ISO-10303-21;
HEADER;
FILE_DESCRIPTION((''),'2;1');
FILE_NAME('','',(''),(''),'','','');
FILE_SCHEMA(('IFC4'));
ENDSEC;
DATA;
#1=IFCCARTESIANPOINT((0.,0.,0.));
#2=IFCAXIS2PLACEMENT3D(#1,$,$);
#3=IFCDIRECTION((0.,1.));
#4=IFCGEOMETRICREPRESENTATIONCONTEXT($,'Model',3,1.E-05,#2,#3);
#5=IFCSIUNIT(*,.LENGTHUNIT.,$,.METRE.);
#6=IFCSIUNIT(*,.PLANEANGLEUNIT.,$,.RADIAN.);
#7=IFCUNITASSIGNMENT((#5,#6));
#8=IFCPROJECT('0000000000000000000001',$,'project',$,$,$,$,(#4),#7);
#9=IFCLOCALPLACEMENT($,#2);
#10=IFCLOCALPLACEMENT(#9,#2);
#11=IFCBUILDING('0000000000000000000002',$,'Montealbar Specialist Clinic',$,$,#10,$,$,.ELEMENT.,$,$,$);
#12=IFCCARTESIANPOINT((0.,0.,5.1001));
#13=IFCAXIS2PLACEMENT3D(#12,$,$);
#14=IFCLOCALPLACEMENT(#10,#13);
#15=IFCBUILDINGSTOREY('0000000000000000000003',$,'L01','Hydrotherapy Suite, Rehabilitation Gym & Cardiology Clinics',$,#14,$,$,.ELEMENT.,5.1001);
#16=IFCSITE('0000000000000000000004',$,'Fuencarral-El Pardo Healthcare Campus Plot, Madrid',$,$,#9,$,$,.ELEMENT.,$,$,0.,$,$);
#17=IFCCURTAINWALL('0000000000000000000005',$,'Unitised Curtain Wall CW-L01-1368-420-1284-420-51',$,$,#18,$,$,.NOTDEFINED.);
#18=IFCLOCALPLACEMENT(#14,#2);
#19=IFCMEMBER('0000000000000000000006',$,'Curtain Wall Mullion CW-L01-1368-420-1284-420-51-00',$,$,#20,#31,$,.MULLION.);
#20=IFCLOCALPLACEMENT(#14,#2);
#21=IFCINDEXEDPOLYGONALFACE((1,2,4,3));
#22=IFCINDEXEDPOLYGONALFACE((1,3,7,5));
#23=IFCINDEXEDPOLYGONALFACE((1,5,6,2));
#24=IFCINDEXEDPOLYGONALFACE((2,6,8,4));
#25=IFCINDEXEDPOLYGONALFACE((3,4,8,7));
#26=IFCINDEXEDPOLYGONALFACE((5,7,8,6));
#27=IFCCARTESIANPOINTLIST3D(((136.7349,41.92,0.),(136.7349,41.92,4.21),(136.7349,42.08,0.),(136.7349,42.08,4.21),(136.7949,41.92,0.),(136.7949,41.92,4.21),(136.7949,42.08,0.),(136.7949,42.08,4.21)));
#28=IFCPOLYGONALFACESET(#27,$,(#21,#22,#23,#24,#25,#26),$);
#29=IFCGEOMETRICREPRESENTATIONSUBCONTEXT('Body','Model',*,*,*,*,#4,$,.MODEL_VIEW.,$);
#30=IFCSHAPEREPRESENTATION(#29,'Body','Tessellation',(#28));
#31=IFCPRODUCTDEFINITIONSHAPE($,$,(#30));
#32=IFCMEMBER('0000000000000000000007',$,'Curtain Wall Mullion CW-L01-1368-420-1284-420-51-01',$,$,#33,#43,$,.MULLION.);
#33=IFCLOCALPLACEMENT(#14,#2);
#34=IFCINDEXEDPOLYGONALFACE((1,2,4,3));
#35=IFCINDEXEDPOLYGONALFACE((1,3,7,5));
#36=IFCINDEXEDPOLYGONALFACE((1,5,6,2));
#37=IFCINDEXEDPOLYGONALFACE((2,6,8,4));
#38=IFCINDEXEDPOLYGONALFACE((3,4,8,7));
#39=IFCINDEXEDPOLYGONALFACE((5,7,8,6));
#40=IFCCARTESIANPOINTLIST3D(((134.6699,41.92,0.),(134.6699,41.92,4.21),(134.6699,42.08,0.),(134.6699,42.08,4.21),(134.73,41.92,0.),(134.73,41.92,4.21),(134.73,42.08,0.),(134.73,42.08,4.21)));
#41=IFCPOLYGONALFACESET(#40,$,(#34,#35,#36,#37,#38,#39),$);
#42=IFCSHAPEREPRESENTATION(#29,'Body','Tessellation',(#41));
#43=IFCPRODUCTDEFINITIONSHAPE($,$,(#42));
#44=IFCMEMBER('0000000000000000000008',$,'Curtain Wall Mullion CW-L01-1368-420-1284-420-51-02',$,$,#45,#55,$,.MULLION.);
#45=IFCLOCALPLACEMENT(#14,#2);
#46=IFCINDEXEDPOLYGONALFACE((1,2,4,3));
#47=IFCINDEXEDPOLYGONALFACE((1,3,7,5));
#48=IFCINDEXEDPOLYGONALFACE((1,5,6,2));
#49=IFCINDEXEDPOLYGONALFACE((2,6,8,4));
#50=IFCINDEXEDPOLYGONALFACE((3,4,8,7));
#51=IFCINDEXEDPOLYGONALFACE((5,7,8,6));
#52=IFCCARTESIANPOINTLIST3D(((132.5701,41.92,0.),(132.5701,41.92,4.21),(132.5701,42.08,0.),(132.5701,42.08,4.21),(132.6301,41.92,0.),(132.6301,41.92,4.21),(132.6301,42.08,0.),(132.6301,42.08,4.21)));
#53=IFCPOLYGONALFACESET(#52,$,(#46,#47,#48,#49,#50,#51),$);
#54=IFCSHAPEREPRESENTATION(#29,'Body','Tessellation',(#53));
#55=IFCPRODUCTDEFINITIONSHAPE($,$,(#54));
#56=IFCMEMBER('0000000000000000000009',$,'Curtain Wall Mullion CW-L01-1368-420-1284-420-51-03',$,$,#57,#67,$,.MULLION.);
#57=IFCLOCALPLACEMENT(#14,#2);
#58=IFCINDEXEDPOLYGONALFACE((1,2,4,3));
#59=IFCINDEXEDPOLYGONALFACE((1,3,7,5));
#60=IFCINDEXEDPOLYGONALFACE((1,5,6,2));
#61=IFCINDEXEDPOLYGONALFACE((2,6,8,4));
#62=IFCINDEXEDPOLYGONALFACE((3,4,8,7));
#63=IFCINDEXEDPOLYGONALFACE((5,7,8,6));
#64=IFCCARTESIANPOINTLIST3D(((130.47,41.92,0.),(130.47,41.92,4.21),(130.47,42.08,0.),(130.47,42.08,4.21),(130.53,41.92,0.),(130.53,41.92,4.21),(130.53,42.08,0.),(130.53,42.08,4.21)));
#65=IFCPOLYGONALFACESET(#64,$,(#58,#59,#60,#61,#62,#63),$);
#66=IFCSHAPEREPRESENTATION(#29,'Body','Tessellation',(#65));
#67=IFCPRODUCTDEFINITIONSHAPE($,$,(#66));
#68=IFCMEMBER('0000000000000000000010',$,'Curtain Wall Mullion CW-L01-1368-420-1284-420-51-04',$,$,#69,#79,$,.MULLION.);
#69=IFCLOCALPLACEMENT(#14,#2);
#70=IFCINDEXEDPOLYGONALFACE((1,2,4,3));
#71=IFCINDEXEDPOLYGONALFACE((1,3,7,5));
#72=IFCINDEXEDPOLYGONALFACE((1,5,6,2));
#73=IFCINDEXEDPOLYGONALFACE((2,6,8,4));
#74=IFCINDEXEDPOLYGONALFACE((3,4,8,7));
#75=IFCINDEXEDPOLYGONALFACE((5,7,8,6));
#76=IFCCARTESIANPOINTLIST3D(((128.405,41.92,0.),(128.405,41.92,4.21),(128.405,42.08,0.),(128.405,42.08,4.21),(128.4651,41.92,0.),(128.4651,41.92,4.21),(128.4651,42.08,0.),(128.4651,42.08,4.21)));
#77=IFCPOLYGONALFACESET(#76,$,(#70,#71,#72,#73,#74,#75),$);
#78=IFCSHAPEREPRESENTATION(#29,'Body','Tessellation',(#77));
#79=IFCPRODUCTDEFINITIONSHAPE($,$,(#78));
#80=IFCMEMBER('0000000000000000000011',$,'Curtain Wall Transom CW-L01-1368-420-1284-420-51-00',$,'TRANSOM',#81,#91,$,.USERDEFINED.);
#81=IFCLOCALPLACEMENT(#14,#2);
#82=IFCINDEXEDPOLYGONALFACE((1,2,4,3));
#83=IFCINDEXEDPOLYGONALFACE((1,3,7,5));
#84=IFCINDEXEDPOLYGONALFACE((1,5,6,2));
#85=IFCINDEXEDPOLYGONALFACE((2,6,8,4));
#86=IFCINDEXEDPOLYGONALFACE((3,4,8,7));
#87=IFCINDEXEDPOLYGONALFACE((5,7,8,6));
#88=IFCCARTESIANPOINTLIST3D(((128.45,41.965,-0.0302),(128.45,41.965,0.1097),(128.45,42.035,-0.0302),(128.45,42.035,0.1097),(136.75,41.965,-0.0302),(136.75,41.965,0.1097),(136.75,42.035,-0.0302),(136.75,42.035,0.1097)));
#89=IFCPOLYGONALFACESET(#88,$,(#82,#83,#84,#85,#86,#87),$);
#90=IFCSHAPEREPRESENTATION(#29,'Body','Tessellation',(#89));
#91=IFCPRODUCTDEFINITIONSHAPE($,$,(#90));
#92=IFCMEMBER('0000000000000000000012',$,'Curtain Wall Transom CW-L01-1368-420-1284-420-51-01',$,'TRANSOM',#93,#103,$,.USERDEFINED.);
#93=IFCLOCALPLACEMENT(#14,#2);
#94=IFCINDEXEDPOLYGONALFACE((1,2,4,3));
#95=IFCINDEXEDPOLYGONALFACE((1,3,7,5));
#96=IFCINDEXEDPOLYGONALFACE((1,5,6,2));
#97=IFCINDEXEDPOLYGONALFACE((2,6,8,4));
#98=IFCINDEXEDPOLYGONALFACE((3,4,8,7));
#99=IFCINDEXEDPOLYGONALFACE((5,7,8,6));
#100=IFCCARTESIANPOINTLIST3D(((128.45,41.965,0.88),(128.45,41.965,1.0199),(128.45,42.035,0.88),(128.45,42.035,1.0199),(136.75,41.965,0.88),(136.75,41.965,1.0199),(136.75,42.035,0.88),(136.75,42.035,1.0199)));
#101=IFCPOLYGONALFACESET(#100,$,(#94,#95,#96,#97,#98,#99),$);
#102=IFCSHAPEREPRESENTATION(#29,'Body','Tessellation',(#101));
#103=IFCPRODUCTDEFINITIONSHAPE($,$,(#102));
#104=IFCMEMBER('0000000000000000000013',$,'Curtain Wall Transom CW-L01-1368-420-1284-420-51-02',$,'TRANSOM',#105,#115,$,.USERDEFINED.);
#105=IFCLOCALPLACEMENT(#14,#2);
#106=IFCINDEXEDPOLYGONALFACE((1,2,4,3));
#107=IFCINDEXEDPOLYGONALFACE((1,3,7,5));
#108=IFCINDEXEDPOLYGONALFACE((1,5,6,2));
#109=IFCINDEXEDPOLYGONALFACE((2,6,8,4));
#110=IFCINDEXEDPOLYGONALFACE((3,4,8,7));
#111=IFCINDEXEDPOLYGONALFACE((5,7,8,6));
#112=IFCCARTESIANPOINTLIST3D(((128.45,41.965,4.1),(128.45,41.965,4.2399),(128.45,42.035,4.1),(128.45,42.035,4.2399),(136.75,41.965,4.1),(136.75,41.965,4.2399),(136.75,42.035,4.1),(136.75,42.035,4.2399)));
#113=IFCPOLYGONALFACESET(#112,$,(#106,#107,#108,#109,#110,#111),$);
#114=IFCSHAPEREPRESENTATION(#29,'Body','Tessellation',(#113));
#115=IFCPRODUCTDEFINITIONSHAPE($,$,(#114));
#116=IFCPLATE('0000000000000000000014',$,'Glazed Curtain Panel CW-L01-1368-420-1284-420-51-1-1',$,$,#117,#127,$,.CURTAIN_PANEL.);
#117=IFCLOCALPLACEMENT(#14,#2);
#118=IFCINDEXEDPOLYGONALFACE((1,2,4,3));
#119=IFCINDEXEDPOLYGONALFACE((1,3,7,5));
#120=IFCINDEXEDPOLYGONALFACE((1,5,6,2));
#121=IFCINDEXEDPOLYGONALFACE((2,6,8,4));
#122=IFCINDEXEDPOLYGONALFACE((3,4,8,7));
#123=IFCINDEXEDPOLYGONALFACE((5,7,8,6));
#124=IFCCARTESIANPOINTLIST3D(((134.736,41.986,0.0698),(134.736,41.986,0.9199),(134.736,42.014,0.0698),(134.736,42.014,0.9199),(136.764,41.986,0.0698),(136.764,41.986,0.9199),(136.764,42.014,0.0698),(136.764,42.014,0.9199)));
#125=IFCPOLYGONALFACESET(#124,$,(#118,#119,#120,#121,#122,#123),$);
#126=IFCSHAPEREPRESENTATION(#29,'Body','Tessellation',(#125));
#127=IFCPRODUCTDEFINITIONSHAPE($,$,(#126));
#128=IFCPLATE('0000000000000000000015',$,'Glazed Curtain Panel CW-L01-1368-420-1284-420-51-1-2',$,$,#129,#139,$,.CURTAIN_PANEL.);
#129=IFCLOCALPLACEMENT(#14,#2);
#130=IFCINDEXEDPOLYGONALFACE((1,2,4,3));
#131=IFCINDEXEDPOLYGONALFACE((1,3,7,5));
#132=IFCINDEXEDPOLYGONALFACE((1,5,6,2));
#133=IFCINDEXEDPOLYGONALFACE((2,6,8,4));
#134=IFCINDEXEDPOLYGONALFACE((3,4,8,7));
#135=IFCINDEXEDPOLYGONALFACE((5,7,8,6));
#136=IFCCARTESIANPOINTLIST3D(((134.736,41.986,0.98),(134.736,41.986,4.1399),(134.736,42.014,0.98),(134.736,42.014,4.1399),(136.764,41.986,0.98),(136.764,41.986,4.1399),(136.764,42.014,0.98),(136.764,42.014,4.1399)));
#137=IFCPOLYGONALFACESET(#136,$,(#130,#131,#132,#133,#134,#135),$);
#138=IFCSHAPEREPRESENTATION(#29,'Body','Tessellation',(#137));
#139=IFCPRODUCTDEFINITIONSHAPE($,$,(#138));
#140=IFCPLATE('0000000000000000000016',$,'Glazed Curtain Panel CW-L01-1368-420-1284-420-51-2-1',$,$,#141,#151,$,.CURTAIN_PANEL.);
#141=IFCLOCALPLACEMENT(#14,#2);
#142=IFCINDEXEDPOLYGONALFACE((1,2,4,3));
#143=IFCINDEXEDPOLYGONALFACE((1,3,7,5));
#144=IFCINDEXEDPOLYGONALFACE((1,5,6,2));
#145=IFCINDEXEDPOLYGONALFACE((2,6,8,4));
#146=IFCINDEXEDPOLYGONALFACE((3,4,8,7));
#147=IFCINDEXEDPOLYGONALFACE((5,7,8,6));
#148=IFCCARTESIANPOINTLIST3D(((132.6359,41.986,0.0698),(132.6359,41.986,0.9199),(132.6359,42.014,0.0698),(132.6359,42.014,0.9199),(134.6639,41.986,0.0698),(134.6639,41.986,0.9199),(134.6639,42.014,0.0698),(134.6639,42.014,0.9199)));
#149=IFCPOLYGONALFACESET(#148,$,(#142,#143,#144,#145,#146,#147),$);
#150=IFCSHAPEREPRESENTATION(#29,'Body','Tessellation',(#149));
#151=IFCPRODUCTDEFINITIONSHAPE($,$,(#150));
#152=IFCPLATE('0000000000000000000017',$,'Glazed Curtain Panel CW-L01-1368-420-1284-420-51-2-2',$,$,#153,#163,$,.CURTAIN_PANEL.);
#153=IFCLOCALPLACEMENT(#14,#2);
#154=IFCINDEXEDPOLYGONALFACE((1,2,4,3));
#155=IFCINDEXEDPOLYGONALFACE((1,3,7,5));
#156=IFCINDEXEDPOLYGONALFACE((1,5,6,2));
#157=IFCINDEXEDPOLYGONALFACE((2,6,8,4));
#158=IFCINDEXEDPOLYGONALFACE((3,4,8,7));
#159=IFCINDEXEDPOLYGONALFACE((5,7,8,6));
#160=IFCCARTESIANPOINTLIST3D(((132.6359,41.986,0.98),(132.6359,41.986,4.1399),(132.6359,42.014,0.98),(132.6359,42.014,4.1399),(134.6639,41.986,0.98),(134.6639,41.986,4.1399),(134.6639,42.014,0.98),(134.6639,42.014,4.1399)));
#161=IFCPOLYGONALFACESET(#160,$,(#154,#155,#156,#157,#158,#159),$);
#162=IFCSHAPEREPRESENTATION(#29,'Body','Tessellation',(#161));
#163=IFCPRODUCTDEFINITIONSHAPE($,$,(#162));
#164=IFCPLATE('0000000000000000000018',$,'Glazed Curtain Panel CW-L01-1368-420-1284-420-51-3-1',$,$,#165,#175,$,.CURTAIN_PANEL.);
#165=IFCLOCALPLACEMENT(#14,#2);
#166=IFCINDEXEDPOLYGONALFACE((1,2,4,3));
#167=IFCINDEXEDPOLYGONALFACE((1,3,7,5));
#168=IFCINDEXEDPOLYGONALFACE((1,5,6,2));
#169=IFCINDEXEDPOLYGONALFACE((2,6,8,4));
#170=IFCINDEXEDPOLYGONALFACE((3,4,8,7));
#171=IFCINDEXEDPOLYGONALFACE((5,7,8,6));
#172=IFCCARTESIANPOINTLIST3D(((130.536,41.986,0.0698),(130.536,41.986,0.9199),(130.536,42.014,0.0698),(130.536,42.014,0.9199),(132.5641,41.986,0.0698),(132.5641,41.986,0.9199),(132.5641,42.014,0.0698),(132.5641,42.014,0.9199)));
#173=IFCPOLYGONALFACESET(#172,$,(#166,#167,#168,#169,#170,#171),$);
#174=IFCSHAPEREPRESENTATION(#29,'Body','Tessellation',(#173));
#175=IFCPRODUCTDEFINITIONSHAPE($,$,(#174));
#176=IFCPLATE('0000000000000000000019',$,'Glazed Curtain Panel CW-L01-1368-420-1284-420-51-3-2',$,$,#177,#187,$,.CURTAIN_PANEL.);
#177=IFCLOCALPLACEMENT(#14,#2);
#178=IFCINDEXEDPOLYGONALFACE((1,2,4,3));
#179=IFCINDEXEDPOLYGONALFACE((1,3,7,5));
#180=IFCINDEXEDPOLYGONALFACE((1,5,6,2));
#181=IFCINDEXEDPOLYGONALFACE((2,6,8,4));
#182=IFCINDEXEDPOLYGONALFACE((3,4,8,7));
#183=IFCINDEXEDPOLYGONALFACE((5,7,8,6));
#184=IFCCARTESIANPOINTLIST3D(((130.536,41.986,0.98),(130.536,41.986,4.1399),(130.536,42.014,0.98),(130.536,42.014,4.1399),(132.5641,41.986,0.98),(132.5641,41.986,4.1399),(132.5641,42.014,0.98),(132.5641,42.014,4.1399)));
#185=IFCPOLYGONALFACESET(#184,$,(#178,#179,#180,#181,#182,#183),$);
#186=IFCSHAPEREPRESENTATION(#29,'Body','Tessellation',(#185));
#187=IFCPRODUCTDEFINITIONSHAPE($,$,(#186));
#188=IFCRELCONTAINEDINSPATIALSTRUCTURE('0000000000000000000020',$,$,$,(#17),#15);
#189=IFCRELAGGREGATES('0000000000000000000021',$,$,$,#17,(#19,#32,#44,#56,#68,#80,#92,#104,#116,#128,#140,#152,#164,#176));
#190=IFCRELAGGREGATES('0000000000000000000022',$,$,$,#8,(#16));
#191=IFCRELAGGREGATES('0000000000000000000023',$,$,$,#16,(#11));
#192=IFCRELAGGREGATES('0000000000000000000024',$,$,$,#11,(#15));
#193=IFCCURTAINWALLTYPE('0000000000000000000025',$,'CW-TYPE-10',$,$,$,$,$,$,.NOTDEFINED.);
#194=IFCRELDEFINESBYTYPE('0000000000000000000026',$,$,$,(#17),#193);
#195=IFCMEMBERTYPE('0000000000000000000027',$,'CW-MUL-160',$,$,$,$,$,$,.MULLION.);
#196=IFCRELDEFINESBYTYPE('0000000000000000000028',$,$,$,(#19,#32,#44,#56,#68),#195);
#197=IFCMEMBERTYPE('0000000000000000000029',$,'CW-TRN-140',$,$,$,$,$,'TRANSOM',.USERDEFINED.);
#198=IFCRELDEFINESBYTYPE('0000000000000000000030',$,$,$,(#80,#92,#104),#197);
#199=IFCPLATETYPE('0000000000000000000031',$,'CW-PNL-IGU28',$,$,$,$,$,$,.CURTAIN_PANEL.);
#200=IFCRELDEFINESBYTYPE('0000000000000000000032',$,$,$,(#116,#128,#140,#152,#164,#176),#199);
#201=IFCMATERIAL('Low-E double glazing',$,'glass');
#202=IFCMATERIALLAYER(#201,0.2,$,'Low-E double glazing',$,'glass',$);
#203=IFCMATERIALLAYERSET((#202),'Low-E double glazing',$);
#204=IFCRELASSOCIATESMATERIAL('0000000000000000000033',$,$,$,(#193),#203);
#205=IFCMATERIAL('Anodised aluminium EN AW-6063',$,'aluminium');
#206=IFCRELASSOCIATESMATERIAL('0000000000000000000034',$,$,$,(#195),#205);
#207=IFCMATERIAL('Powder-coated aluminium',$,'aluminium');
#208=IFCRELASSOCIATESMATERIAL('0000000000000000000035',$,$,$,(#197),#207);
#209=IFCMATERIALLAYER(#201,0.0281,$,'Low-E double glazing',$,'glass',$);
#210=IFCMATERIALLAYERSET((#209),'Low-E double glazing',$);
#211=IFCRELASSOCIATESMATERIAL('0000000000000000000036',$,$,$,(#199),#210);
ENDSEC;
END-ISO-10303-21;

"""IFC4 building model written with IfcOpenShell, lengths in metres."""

from ifc_helpers import new_model, si_unit, direction, frame, origin, origin_2d, place, context, subcontext, project, spatial, rectangle, extrude, material, layer, layer_set, material_profile, profile_set, type_object, element, aggregate, save


model = new_model("IFC4")

# Units and contexts
model_context = context("Model", 3, precision=1e-05, world=origin(), true_north=direction((0.0, 1.0)))
body_context = subcontext(model_context, "Body", "Model", "MODEL_VIEW")
ifc_project = project(units=[si_unit("LENGTHUNIT", "METRE"), si_unit("PLANEANGLEUNIT", "RADIAN")], contexts=[model_context])

# Site, building, storey
site_placement = place(None, origin())
site = spatial("IfcSite", under=ifc_project, at=site_placement, Name="Fuencarral-El Pardo Healthcare Campus Plot, Madrid", CompositionType="ELEMENT", RefElevation=0.0)
building_placement = place(site_placement, origin())
building = spatial("IfcBuilding", under=site, at=building_placement, Name="Montealbar Specialist Clinic", CompositionType="ELEMENT")
storey_placement = place(building_placement, frame((0.0, 0.0, 5.1001)))
storey = spatial("IfcBuildingStorey", under=building, at=storey_placement, Name="L01", Description="Hydrotherapy Suite, Rehabilitation Gym & Cardiology Clinics", CompositionType="ELEMENT", Elevation=5.1001)

# Curtain wall, members, plates
ifc_material_1 = material(Name="Low-E double glazing", Category="glass")
ifc_layer_1 = layer(ifc_material_1, 0.2, Name="Low-E double glazing", Category="glass")
ifc_layer_set_1 = layer_set([ifc_layer_1], Name="Low-E double glazing")
curtain_wall_type = type_object("IfcCurtainWallType", Name="CW-TYPE-10", PredefinedType="NOTDEFINED", material=ifc_layer_set_1)
curtain_wall_placement = place(storey_placement, origin())
curtain_wall = element("IfcCurtainWall", 1, at=curtain_wall_placement, inside=storey, type_object=curtain_wall_type, Name="Unitised Curtain Wall CW-L01-1368-420-1284-420-51", PredefinedType="NOTDEFINED")
ifc_material_2 = material(Name="Anodised aluminium EN AW-6063", Category="aluminium")
ifc_material_profile_1 = material_profile(ifc_material_2, rectangle(XDim=0.0601, YDim=0.1599, at=origin_2d()), Name="ALU 60x160", Category="aluminium")
ifc_profile_set_1 = profile_set([ifc_material_profile_1], Name="Anodised aluminium EN AW-6063")
member_type_1 = type_object("IfcMemberType", Name="CW-MUL-160", PredefinedType="MULLION", material=ifc_profile_set_1)
member_1_placement = place(storey_placement, frame((136.7649, 42.0, 0.0), z_axis=(0.0, 0.0, 1.0), x_axis=(-1.0, 0.0, 0.0)))
member_1 = element("IfcMember", 2, at=member_1_placement, type_object=member_type_1, Name="Curtain Wall Mullion CW-L01-1368-420-1284-420-51-00", PredefinedType="MULLION", context=body_context, shape_type="SweptSolid", body=[
    extrude(rectangle(XDim=0.0601, YDim=0.1599, at=origin_2d()), origin(), (0.0, 0.0, 1.0), 4.21),
])
member_2_placement = place(storey_placement, frame((134.7, 42.0, 0.0), z_axis=(0.0, 0.0, 1.0), x_axis=(-1.0, 0.0, 0.0)))
member_2 = element("IfcMember", 3, at=member_2_placement, type_object=member_type_1, Name="Curtain Wall Mullion CW-L01-1368-420-1284-420-51-01", PredefinedType="MULLION", context=body_context, shape_type="SweptSolid", body=[
    extrude(rectangle(XDim=0.0601, YDim=0.1599, at=origin_2d()), origin(), (0.0, 0.0, 1.0), 4.21),
])
member_3_placement = place(storey_placement, frame((132.6001, 42.0, 0.0), z_axis=(0.0, 0.0, 1.0), x_axis=(-1.0, 0.0, 0.0)))
member_3 = element("IfcMember", 4, at=member_3_placement, type_object=member_type_1, Name="Curtain Wall Mullion CW-L01-1368-420-1284-420-51-02", PredefinedType="MULLION", context=body_context, shape_type="SweptSolid", body=[
    extrude(rectangle(XDim=0.0601, YDim=0.1599, at=origin_2d()), origin(), (0.0, 0.0, 1.0), 4.21),
])
member_4_placement = place(storey_placement, frame((130.5, 42.0, 0.0), z_axis=(0.0, 0.0, 1.0), x_axis=(-1.0, 0.0, 0.0)))
member_4 = element("IfcMember", 5, at=member_4_placement, type_object=member_type_1, Name="Curtain Wall Mullion CW-L01-1368-420-1284-420-51-03", PredefinedType="MULLION", context=body_context, shape_type="SweptSolid", body=[
    extrude(rectangle(XDim=0.0601, YDim=0.1599, at=origin_2d()), origin(), (0.0, 0.0, 1.0), 4.21),
])
member_5_placement = place(storey_placement, frame((128.4351, 42.0, 0.0), z_axis=(0.0, 0.0, 1.0), x_axis=(-1.0, 0.0, 0.0)))
member_5 = element("IfcMember", 6, at=member_5_placement, type_object=member_type_1, Name="Curtain Wall Mullion CW-L01-1368-420-1284-420-51-04", PredefinedType="MULLION", context=body_context, shape_type="SweptSolid", body=[
    extrude(rectangle(XDim=0.0601, YDim=0.1599, at=origin_2d()), origin(), (0.0, 0.0, 1.0), 4.21),
])
ifc_material_3 = material(Name="Powder-coated aluminium", Category="aluminium")
ifc_material_profile_2 = material_profile(ifc_material_3, rectangle(XDim=0.0701, YDim=0.1399, at=origin_2d()), Name="ALU 70x140", Category="aluminium")
ifc_profile_set_2 = profile_set([ifc_material_profile_2], Name="Powder-coated aluminium")
member_type_2 = type_object("IfcMemberType", Name="CW-TRN-140", ElementType="TRANSOM", PredefinedType="USERDEFINED", material=ifc_profile_set_2)
member_6_placement = place(storey_placement, frame((136.75, 42.0, 0.0398), z_axis=(-1.0, 0.0, 0.0), x_axis=(0.0, -1.0, 0.0)))
member_6 = element("IfcMember", 7, at=member_6_placement, type_object=member_type_2, Name="Curtain Wall Transom CW-L01-1368-420-1284-420-51-00", ObjectType="TRANSOM", PredefinedType="USERDEFINED", context=body_context, shape_type="SweptSolid", body=[
    extrude(rectangle(XDim=0.0701, YDim=0.1399, at=origin_2d()), origin(), (0.0, 0.0, 1.0), 8.3),
])
member_7_placement = place(storey_placement, frame((136.75, 42.0, 0.95), z_axis=(-1.0, 0.0, 0.0), x_axis=(0.0, -1.0, 0.0)))
member_7 = element("IfcMember", 8, at=member_7_placement, type_object=member_type_2, Name="Curtain Wall Transom CW-L01-1368-420-1284-420-51-01", ObjectType="TRANSOM", PredefinedType="USERDEFINED", context=body_context, shape_type="SweptSolid", body=[
    extrude(rectangle(XDim=0.0701, YDim=0.1399, at=origin_2d()), origin(), (0.0, 0.0, 1.0), 8.3),
])
member_8_placement = place(storey_placement, frame((136.75, 42.0, 4.1699), z_axis=(-1.0, 0.0, 0.0), x_axis=(0.0, -1.0, 0.0)))
member_8 = element("IfcMember", 9, at=member_8_placement, type_object=member_type_2, Name="Curtain Wall Transom CW-L01-1368-420-1284-420-51-02", ObjectType="TRANSOM", PredefinedType="USERDEFINED", context=body_context, shape_type="SweptSolid", body=[
    extrude(rectangle(XDim=0.0701, YDim=0.1399, at=origin_2d()), origin(), (0.0, 0.0, 1.0), 8.3),
])
ifc_layer_2 = layer(ifc_material_1, 0.0281, Name="Low-E double glazing", Category="glass")
ifc_layer_set_2 = layer_set([ifc_layer_2], Name="Low-E double glazing")
plate_type = type_object("IfcPlateType", Name="CW-PNL-IGU28", PredefinedType="CURTAIN_PANEL", material=ifc_layer_set_2)
plate_1_placement = place(storey_placement, frame((135.75, 42.0, 0.0698), z_axis=(0.0, 0.0, 1.0), x_axis=(-1.0, 0.0, 0.0)))
plate_1 = element("IfcPlate", 10, at=plate_1_placement, type_object=plate_type, Name="Glazed Curtain Panel CW-L01-1368-420-1284-420-51-1-1", PredefinedType="CURTAIN_PANEL", context=body_context, shape_type="SweptSolid", body=[
    extrude(rectangle(XDim=2.0281, YDim=0.0281, at=origin_2d()), origin(), (0.0, 0.0, 1.0), 0.8501),
])
plate_2_placement = place(storey_placement, frame((135.75, 42.0, 0.98), z_axis=(0.0, 0.0, 1.0), x_axis=(-1.0, 0.0, 0.0)))
plate_2 = element("IfcPlate", 11, at=plate_2_placement, type_object=plate_type, Name="Glazed Curtain Panel CW-L01-1368-420-1284-420-51-1-2", PredefinedType="CURTAIN_PANEL", context=body_context, shape_type="SweptSolid", body=[
    extrude(rectangle(XDim=2.0281, YDim=0.0281, at=origin_2d()), origin(), (0.0, 0.0, 1.0), 3.1599),
])
plate_3_placement = place(storey_placement, frame((133.6499, 42.0, 0.0698), z_axis=(0.0, 0.0, 1.0), x_axis=(-1.0, 0.0, 0.0)))
plate_3 = element("IfcPlate", 12, at=plate_3_placement, type_object=plate_type, Name="Glazed Curtain Panel CW-L01-1368-420-1284-420-51-2-1", PredefinedType="CURTAIN_PANEL", context=body_context, shape_type="SweptSolid", body=[
    extrude(rectangle(XDim=2.0281, YDim=0.0281, at=origin_2d()), origin(), (0.0, 0.0, 1.0), 0.8501),
])
plate_4_placement = place(storey_placement, frame((133.6499, 42.0, 0.98), z_axis=(0.0, 0.0, 1.0), x_axis=(-1.0, 0.0, 0.0)))
plate_4 = element("IfcPlate", 13, at=plate_4_placement, type_object=plate_type, Name="Glazed Curtain Panel CW-L01-1368-420-1284-420-51-2-2", PredefinedType="CURTAIN_PANEL", context=body_context, shape_type="SweptSolid", body=[
    extrude(rectangle(XDim=2.0281, YDim=0.0281, at=origin_2d()), origin(), (0.0, 0.0, 1.0), 3.1599),
])
plate_5_placement = place(storey_placement, frame((131.55, 42.0, 0.0698), z_axis=(0.0, 0.0, 1.0), x_axis=(-1.0, 0.0, 0.0)))
plate_5 = element("IfcPlate", 14, at=plate_5_placement, type_object=plate_type, Name="Glazed Curtain Panel CW-L01-1368-420-1284-420-51-3-1", PredefinedType="CURTAIN_PANEL", context=body_context, shape_type="SweptSolid", body=[
    extrude(rectangle(XDim=2.0281, YDim=0.0281, at=origin_2d()), origin(), (0.0, 0.0, 1.0), 0.8501),
])
plate_6_placement = place(storey_placement, frame((131.55, 42.0, 0.98), z_axis=(0.0, 0.0, 1.0), x_axis=(-1.0, 0.0, 0.0)))
plate_6 = element("IfcPlate", 15, at=plate_6_placement, type_object=plate_type, Name="Glazed Curtain Panel CW-L01-1368-420-1284-420-51-3-2", PredefinedType="CURTAIN_PANEL", context=body_context, shape_type="SweptSolid", body=[
    extrude(rectangle(XDim=2.0281, YDim=0.0281, at=origin_2d()), origin(), (0.0, 0.0, 1.0), 3.1599),
])
aggregate(curtain_wall, [member_1, member_2, member_3, member_4, member_5, member_6, member_7, member_8, plate_1, plate_2, plate_3, plate_4, plate_5, plate_6])

save(model, "model.ifc")
